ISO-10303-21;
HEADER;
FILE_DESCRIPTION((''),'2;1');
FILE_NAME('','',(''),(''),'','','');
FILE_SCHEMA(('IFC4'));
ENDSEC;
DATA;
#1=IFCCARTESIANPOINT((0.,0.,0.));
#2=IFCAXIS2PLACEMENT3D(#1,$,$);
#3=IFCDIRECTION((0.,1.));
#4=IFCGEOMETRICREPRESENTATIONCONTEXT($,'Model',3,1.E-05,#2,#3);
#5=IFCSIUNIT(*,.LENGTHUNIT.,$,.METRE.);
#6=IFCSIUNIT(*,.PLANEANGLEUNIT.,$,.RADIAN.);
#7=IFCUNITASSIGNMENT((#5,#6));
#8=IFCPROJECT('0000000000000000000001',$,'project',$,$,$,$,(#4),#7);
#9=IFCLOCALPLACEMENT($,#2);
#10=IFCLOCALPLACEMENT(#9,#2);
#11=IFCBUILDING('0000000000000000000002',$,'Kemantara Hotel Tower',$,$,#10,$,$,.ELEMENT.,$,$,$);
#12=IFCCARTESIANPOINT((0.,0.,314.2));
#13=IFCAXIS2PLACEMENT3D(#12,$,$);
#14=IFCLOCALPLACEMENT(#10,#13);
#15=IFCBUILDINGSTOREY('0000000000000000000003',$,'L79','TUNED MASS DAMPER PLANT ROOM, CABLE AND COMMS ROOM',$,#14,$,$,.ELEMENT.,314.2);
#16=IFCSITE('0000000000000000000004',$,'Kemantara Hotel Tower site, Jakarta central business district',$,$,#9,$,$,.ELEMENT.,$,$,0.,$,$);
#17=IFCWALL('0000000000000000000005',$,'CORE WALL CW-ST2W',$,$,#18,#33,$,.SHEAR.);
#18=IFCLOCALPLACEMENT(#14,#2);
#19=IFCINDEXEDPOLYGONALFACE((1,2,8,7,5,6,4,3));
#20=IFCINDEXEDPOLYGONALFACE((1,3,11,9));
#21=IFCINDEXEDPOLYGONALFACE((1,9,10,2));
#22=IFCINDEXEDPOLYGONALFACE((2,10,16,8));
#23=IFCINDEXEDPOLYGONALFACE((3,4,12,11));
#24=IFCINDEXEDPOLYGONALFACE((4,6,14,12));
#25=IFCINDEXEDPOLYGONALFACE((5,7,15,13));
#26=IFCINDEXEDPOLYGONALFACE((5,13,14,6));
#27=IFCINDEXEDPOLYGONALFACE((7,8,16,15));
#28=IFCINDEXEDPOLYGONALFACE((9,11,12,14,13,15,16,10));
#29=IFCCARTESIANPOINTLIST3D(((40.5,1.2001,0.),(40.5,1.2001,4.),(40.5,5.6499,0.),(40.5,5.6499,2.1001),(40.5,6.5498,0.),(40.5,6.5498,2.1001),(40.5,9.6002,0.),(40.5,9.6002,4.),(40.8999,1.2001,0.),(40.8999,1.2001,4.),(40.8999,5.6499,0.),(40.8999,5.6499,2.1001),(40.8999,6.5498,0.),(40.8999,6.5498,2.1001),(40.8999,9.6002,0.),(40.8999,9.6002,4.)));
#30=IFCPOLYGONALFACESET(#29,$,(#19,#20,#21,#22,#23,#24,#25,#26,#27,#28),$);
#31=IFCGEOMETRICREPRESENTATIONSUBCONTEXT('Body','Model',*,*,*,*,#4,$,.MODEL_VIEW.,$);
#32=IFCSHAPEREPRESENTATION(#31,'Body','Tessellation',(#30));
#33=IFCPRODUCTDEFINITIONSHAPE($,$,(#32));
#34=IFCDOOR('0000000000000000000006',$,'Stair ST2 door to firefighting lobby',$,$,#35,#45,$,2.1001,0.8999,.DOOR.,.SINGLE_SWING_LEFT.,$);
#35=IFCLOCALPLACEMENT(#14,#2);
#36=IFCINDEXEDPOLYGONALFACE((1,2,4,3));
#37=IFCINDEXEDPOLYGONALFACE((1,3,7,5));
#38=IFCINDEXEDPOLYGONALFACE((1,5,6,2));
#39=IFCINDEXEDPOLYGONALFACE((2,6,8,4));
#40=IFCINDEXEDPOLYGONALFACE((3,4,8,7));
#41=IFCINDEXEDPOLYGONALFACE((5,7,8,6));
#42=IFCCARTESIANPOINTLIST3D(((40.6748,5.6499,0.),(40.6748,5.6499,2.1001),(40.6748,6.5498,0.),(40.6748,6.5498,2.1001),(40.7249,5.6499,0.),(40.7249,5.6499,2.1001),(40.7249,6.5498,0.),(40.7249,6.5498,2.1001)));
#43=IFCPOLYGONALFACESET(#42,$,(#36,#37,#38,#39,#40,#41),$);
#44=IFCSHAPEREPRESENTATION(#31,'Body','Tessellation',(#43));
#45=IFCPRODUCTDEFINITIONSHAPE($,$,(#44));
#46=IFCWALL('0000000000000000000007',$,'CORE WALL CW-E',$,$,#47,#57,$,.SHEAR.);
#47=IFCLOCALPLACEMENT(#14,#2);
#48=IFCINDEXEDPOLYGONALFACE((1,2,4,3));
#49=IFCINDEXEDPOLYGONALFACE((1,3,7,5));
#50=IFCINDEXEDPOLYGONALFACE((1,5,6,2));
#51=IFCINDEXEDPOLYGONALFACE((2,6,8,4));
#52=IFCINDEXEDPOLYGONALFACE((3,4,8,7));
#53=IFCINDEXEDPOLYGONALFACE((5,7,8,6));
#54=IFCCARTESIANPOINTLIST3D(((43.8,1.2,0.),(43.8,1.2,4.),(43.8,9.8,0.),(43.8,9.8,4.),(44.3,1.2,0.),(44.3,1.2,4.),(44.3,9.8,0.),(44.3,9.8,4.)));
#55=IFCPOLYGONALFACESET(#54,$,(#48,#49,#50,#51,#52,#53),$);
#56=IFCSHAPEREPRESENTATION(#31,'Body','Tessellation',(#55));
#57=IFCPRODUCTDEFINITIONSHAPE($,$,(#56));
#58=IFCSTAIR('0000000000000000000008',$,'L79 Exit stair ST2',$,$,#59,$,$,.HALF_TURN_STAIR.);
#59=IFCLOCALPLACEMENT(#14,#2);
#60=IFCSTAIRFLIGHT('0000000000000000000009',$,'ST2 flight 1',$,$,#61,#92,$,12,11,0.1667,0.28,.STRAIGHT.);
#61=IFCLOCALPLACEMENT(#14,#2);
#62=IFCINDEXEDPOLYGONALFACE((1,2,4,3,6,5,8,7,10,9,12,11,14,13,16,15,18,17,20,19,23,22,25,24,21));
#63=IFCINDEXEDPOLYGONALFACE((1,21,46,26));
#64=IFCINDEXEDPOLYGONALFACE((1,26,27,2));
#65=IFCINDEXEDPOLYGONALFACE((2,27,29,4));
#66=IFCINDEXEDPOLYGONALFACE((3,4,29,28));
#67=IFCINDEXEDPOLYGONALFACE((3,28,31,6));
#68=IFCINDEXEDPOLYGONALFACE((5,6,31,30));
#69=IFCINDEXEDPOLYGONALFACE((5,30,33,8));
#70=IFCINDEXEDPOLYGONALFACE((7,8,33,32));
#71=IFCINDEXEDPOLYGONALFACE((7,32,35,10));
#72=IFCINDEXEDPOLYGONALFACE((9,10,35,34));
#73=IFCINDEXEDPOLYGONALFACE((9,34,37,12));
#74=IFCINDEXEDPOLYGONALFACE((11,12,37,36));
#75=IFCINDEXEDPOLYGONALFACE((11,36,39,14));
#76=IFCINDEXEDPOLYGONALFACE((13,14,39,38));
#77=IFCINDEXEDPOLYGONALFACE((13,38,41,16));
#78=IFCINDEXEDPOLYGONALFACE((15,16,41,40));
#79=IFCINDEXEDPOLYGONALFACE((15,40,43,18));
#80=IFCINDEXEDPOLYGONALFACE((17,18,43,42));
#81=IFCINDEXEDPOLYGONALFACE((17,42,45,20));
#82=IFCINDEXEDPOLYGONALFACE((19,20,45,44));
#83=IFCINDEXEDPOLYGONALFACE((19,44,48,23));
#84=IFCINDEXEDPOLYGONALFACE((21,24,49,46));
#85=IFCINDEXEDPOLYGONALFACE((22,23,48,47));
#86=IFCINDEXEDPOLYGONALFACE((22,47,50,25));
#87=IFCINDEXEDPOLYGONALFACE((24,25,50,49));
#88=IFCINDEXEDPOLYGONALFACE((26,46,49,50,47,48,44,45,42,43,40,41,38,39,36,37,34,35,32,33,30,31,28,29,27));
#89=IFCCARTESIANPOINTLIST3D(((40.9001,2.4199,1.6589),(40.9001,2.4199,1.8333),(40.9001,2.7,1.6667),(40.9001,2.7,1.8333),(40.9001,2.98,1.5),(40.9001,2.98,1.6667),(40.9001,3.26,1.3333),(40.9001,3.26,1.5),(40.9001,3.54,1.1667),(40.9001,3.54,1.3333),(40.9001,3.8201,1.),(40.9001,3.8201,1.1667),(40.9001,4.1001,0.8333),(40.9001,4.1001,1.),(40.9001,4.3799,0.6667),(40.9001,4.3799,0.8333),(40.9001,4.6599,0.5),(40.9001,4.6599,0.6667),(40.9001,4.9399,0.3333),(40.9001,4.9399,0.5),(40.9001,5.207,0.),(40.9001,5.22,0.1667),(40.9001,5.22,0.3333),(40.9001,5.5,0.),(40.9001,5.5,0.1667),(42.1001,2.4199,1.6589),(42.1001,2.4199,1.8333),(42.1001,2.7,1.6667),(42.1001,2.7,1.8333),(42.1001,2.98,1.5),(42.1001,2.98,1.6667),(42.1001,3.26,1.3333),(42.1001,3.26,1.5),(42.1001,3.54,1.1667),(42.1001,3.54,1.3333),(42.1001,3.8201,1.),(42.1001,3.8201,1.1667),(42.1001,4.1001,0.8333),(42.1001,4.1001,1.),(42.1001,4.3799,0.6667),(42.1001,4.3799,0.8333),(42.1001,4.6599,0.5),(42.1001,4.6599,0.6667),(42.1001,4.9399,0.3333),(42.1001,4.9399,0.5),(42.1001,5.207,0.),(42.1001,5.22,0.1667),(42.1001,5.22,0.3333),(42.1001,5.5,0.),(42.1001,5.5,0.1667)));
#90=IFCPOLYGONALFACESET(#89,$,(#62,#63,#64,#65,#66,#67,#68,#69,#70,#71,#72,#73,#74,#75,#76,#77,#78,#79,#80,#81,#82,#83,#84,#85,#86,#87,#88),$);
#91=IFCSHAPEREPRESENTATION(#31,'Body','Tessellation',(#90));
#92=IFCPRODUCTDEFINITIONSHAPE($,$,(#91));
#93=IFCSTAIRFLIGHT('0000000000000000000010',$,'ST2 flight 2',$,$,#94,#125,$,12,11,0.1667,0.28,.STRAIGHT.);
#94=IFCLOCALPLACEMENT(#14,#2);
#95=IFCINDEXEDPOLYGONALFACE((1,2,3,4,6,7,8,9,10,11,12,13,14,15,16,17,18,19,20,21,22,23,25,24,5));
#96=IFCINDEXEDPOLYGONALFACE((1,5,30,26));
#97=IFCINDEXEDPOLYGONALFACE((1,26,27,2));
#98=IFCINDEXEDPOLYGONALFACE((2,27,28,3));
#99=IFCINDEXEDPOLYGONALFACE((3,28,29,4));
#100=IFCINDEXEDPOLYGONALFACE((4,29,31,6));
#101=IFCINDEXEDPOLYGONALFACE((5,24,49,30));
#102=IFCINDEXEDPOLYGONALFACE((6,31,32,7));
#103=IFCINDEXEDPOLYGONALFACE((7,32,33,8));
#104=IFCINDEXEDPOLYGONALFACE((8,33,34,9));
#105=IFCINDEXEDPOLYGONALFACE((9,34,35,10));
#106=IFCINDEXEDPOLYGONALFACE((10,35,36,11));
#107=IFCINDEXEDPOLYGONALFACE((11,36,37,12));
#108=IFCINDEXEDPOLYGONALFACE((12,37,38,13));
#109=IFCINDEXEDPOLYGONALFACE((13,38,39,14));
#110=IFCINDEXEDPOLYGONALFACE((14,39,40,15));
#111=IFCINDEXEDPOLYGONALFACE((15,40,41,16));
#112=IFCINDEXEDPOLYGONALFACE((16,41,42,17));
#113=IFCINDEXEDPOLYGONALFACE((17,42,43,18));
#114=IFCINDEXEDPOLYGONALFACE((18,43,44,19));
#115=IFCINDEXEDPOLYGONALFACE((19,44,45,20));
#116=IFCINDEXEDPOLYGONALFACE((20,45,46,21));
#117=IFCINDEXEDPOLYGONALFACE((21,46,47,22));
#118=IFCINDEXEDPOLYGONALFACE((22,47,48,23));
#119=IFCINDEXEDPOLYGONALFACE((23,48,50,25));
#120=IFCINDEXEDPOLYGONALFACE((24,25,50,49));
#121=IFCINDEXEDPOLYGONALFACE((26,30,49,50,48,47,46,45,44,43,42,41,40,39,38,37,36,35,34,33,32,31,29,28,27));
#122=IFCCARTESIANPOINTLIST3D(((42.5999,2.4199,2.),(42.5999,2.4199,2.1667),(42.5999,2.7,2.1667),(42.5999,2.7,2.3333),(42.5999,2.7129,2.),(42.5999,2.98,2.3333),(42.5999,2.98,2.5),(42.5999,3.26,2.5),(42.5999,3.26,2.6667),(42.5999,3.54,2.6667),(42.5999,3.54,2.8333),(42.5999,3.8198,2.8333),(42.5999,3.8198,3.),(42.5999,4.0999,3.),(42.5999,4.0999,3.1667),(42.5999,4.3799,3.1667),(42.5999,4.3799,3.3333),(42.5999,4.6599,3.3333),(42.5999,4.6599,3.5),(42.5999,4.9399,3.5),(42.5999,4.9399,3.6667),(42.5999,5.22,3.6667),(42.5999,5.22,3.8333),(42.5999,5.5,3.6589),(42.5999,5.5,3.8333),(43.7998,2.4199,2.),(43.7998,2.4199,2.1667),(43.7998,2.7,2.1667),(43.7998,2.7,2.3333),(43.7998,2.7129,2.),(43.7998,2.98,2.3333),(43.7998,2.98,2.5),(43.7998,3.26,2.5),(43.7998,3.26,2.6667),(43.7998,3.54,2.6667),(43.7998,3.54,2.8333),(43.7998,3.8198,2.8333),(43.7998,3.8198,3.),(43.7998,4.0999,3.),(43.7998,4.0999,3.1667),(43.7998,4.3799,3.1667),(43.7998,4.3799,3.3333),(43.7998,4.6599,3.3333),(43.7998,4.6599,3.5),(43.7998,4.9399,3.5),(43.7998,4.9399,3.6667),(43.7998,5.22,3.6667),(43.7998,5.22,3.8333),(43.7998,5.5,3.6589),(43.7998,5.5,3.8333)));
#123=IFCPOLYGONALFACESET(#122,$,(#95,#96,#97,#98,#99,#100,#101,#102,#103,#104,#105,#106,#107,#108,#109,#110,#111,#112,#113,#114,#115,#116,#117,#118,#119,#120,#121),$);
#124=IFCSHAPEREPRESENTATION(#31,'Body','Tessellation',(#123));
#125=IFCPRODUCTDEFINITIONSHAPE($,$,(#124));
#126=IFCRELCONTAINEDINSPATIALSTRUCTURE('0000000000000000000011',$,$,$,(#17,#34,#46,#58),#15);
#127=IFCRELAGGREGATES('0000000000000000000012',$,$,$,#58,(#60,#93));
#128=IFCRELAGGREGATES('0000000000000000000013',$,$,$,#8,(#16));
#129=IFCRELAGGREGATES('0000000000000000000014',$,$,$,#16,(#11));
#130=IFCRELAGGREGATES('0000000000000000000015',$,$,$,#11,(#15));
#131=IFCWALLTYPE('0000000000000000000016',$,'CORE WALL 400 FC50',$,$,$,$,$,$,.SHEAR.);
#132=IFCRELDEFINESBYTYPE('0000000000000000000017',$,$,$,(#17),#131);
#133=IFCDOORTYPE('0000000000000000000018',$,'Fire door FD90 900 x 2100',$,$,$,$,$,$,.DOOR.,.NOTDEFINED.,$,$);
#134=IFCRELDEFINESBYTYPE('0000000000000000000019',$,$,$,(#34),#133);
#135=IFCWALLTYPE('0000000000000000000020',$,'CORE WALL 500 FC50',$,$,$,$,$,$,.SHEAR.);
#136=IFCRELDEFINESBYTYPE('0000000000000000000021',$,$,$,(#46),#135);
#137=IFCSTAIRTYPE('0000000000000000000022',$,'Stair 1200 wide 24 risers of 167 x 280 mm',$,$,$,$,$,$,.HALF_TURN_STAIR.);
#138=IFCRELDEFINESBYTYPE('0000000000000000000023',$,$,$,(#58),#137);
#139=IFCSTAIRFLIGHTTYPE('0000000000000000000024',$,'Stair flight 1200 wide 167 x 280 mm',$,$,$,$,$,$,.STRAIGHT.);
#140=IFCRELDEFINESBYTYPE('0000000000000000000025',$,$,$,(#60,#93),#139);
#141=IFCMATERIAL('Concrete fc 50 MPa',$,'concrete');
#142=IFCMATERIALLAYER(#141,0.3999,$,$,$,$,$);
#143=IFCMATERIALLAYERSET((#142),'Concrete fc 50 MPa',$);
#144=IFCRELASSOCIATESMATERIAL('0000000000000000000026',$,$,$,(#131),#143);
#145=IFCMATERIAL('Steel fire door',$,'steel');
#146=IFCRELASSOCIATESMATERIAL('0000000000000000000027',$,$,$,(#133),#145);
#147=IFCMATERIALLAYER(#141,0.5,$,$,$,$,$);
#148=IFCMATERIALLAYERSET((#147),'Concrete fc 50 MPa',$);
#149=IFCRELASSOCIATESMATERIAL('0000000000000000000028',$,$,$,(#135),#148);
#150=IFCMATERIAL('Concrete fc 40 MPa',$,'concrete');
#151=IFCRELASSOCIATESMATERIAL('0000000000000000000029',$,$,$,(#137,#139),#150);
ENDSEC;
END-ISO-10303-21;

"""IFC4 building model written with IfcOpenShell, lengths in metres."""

from ifc_helpers import new_model, si_unit, direction, frame, frame_2d, origin, place, context, subcontext, project, spatial, polyline, rectangle, outline, extrude, material, layer, layer_set, type_object, element, fill, aggregate, save


model = new_model("IFC4")

# Units and contexts
model_context = context("Model", 3, precision=1e-05, world=origin(), true_north=direction((0.0, 1.0)))
body_context = subcontext(model_context, "Body", "Model", "MODEL_VIEW")
ifc_project = project(units=[si_unit("LENGTHUNIT", "METRE"), si_unit("PLANEANGLEUNIT", "RADIAN")], contexts=[model_context])

# Site, building, storey
site_placement = place(None, origin())
site = spatial("IfcSite", under=ifc_project, at=site_placement, Name="Kemantara Hotel Tower site, Jakarta central business district", CompositionType="ELEMENT", RefElevation=0.0)
building_placement = place(site_placement, origin())
building = spatial("IfcBuilding", under=site, at=building_placement, Name="Kemantara Hotel Tower", CompositionType="ELEMENT")
storey_placement = place(building_placement, frame((0.0, 0.0, 314.2)))
storey = spatial("IfcBuildingStorey", under=building, at=storey_placement, Name="L79", Description="TUNED MASS DAMPER PLANT ROOM, CABLE AND COMMS ROOM", CompositionType="ELEMENT", Elevation=314.2)

# Shared definitions
ifc_material_1 = material(Name="Concrete fc 50 MPa", Category="concrete")

# Wall, opening, door
ifc_layer_1 = layer(ifc_material_1, 0.3999)
ifc_layer_set_1 = layer_set([ifc_layer_1], Name="Concrete fc 50 MPa")
wall_type_1 = type_object("IfcWallType", Name="CORE WALL 400 FC50", PredefinedType="SHEAR", material=ifc_layer_set_1)
ifc_material_2 = material(Name="Steel fire door", Category="steel")
wall_1_placement = place(storey_placement, frame((40.7, 1.2, 0.0), z_axis=(0.0, 0.0, 1.0), x_axis=(0.0, 1.0, 0.0)))
wall_1 = element("IfcWall", 1, at=wall_1_placement, inside=storey, type_object=wall_type_1, Name="CORE WALL CW-ST2W", PredefinedType="SHEAR", context=body_context, shape_type="SweptSolid", body=[
    extrude(rectangle(XDim=8.4001, YDim=0.3999, at=frame_2d((4.2002, 0.0))), origin(), (0.0, 0.0, 1.0), 4.0),
])
opening_1_placement = place(wall_1_placement, frame((4.45, 0.0, 0.0)))
opening_1 = element("IfcOpeningElement", 2, at=opening_1_placement, cuts=wall_1, PredefinedType="OPENING", context=body_context, shape_type="SweptSolid", body=[
    extrude(rectangle(XDim=0.8999, YDim=2.1001, at=frame_2d((0.45, 1.05))), frame((0.0, 0.21, 0.0), z_axis=(0.0, -1.0, 0.0), x_axis=(1.0, 0.0, 0.0)), (0.0, 0.0, 1.0), 0.4199),
])
door_type_1 = type_object("IfcDoorType", Name="Fire door FD90 900 x 2100", OperationType="NOTDEFINED", PredefinedType="DOOR", material=ifc_material_2)
door_1_placement = place(opening_1_placement, frame((0.8999, 0.0, 0.0), z_axis=(0.0, 0.0, 1.0), x_axis=(-1.0, 0.0, 0.0)))
door_1 = element("IfcDoor", 3, at=door_1_placement, inside=storey, type_object=door_type_1, Name="Stair ST2 door to firefighting lobby", OperationType="SINGLE_SWING_LEFT", OverallHeight=2.1001, OverallWidth=0.8999, PredefinedType="DOOR", context=body_context, shape_type="SweptSolid", body=[
    extrude(rectangle(XDim=0.8999, YDim=2.1001, at=frame_2d((0.45, 1.05))), frame((0.0, 0.0249, 0.0), z_axis=(0.0, -1.0, 0.0), x_axis=(1.0, 0.0, 0.0)), (0.0, 0.0, 1.0), 0.05),
])
fill(opening_1, door_1)

# Wall
ifc_layer_2 = layer(ifc_material_1, 0.5)
ifc_layer_set_2 = layer_set([ifc_layer_2], Name="Concrete fc 50 MPa")
wall_type_2 = type_object("IfcWallType", Name="CORE WALL 500 FC50", PredefinedType="SHEAR", material=ifc_layer_set_2)
wall_2_placement = place(storey_placement, frame((44.05, 1.2, 0.0), z_axis=(0.0, 0.0, 1.0), x_axis=(0.0, 1.0, 0.0)))
element("IfcWall", 4, at=wall_2_placement, inside=storey, type_object=wall_type_2, Name="CORE WALL CW-E", PredefinedType="SHEAR", context=body_context, shape_type="SweptSolid", body=[
    extrude(rectangle(XDim=8.6001, YDim=0.5, at=frame_2d((4.3, 0.0))), origin(), (0.0, 0.0, 1.0), 4.0),
])

# Stair, stair flights
ifc_material_3 = material(Name="Concrete fc 40 MPa", Category="concrete")
stair_type = type_object("IfcStairType", Name="Stair 1200 wide 24 risers of 167 x 280 mm", PredefinedType="HALF_TURN_STAIR", material=ifc_material_3)
stair_placement = place(storey_placement, origin())
stair = element("IfcStair", 5, at=stair_placement, inside=storey, type_object=stair_type, Name="L79 Exit stair ST2", PredefinedType="HALF_TURN_STAIR")
stair_flight_type = type_object("IfcStairFlightType", Name="Stair flight 1200 wide 167 x 280 mm", PredefinedType="STRAIGHT", material=ifc_material_3)
stair_flight_1_placement = place(storey_placement, frame((41.5, 5.5, 0.0), z_axis=(0.0, 0.0, 1.0), x_axis=(0.0, -1.0, 0.0)))
stair_flight_1 = element("IfcStairFlight", 6, at=stair_flight_1_placement, type_object=stair_flight_type, Name="ST2 flight 1", NumberOfRisers=12, NumberOfTreads=11, PredefinedType="STRAIGHT", RiserHeight=0.1667, TreadLength=0.28, context=body_context, shape_type="SweptSolid", body=[
    extrude(outline(polyline([(0.0, 0.0), (0.0, 0.1667), (0.28, 0.1667), (0.28, 0.3333), (0.5601, 0.3333), (0.5601, 0.5), (0.8401, 0.5), (0.8401, 0.6667), (1.1201, 0.6667), (1.1201, 0.8333), (1.3999, 0.8333), (1.3999, 1.0), (1.6799, 1.0), (1.6799, 1.1667), (1.96, 1.1667), (1.96, 1.3333), (2.24, 1.3333), (2.24, 1.5), (2.52, 1.5), (2.52, 1.6667), (2.8, 1.6667), (2.8, 1.8333), (3.0801, 1.8333), (3.0801, 2.0), (3.0801, 1.6589), (0.293, 0.0), (0.0, 0.0)])), frame((0.0, 0.6001, 0.0), z_axis=(0.0, -1.0, 0.0), x_axis=(1.0, 0.0, 0.0)), (0.0, 0.0, 1.0), 1.2),
])
stair_flight_2_placement = place(storey_placement, frame((43.2, 2.4199, 2.0), z_axis=(0.0, 0.0, 1.0), x_axis=(0.0, 1.0, 0.0)))
stair_flight_2 = element("IfcStairFlight", 7, at=stair_flight_2_placement, type_object=stair_flight_type, Name="ST2 flight 2", NumberOfRisers=12, NumberOfTreads=11, PredefinedType="STRAIGHT", RiserHeight=0.1667, TreadLength=0.28, context=body_context, shape_type="SweptSolid", body=[
    extrude(outline(polyline([(0.0, 0.0), (0.0, 0.1667), (0.28, 0.1667), (0.28, 0.3333), (0.5601, 0.3333), (0.5601, 0.5), (0.8401, 0.5), (0.8401, 0.6667), (1.1201, 0.6667), (1.1201, 0.8333), (1.3999, 0.8333), (1.3999, 1.0), (1.6799, 1.0), (1.6799, 1.1667), (1.96, 1.1667), (1.96, 1.3333), (2.24, 1.3333), (2.24, 1.5), (2.52, 1.5), (2.52, 1.6667), (2.8, 1.6667), (2.8, 1.8333), (3.0801, 1.8333), (3.0801, 2.0), (3.0801, 1.6589), (0.293, 0.0), (0.0, 0.0)])), frame((0.0, 0.6001, 0.0), z_axis=(0.0, -1.0, 0.0), x_axis=(1.0, 0.0, 0.0)), (0.0, 0.0, 1.0), 1.2),
])
aggregate(stair, [stair_flight_1, stair_flight_2])

save(model, "model.ifc")
